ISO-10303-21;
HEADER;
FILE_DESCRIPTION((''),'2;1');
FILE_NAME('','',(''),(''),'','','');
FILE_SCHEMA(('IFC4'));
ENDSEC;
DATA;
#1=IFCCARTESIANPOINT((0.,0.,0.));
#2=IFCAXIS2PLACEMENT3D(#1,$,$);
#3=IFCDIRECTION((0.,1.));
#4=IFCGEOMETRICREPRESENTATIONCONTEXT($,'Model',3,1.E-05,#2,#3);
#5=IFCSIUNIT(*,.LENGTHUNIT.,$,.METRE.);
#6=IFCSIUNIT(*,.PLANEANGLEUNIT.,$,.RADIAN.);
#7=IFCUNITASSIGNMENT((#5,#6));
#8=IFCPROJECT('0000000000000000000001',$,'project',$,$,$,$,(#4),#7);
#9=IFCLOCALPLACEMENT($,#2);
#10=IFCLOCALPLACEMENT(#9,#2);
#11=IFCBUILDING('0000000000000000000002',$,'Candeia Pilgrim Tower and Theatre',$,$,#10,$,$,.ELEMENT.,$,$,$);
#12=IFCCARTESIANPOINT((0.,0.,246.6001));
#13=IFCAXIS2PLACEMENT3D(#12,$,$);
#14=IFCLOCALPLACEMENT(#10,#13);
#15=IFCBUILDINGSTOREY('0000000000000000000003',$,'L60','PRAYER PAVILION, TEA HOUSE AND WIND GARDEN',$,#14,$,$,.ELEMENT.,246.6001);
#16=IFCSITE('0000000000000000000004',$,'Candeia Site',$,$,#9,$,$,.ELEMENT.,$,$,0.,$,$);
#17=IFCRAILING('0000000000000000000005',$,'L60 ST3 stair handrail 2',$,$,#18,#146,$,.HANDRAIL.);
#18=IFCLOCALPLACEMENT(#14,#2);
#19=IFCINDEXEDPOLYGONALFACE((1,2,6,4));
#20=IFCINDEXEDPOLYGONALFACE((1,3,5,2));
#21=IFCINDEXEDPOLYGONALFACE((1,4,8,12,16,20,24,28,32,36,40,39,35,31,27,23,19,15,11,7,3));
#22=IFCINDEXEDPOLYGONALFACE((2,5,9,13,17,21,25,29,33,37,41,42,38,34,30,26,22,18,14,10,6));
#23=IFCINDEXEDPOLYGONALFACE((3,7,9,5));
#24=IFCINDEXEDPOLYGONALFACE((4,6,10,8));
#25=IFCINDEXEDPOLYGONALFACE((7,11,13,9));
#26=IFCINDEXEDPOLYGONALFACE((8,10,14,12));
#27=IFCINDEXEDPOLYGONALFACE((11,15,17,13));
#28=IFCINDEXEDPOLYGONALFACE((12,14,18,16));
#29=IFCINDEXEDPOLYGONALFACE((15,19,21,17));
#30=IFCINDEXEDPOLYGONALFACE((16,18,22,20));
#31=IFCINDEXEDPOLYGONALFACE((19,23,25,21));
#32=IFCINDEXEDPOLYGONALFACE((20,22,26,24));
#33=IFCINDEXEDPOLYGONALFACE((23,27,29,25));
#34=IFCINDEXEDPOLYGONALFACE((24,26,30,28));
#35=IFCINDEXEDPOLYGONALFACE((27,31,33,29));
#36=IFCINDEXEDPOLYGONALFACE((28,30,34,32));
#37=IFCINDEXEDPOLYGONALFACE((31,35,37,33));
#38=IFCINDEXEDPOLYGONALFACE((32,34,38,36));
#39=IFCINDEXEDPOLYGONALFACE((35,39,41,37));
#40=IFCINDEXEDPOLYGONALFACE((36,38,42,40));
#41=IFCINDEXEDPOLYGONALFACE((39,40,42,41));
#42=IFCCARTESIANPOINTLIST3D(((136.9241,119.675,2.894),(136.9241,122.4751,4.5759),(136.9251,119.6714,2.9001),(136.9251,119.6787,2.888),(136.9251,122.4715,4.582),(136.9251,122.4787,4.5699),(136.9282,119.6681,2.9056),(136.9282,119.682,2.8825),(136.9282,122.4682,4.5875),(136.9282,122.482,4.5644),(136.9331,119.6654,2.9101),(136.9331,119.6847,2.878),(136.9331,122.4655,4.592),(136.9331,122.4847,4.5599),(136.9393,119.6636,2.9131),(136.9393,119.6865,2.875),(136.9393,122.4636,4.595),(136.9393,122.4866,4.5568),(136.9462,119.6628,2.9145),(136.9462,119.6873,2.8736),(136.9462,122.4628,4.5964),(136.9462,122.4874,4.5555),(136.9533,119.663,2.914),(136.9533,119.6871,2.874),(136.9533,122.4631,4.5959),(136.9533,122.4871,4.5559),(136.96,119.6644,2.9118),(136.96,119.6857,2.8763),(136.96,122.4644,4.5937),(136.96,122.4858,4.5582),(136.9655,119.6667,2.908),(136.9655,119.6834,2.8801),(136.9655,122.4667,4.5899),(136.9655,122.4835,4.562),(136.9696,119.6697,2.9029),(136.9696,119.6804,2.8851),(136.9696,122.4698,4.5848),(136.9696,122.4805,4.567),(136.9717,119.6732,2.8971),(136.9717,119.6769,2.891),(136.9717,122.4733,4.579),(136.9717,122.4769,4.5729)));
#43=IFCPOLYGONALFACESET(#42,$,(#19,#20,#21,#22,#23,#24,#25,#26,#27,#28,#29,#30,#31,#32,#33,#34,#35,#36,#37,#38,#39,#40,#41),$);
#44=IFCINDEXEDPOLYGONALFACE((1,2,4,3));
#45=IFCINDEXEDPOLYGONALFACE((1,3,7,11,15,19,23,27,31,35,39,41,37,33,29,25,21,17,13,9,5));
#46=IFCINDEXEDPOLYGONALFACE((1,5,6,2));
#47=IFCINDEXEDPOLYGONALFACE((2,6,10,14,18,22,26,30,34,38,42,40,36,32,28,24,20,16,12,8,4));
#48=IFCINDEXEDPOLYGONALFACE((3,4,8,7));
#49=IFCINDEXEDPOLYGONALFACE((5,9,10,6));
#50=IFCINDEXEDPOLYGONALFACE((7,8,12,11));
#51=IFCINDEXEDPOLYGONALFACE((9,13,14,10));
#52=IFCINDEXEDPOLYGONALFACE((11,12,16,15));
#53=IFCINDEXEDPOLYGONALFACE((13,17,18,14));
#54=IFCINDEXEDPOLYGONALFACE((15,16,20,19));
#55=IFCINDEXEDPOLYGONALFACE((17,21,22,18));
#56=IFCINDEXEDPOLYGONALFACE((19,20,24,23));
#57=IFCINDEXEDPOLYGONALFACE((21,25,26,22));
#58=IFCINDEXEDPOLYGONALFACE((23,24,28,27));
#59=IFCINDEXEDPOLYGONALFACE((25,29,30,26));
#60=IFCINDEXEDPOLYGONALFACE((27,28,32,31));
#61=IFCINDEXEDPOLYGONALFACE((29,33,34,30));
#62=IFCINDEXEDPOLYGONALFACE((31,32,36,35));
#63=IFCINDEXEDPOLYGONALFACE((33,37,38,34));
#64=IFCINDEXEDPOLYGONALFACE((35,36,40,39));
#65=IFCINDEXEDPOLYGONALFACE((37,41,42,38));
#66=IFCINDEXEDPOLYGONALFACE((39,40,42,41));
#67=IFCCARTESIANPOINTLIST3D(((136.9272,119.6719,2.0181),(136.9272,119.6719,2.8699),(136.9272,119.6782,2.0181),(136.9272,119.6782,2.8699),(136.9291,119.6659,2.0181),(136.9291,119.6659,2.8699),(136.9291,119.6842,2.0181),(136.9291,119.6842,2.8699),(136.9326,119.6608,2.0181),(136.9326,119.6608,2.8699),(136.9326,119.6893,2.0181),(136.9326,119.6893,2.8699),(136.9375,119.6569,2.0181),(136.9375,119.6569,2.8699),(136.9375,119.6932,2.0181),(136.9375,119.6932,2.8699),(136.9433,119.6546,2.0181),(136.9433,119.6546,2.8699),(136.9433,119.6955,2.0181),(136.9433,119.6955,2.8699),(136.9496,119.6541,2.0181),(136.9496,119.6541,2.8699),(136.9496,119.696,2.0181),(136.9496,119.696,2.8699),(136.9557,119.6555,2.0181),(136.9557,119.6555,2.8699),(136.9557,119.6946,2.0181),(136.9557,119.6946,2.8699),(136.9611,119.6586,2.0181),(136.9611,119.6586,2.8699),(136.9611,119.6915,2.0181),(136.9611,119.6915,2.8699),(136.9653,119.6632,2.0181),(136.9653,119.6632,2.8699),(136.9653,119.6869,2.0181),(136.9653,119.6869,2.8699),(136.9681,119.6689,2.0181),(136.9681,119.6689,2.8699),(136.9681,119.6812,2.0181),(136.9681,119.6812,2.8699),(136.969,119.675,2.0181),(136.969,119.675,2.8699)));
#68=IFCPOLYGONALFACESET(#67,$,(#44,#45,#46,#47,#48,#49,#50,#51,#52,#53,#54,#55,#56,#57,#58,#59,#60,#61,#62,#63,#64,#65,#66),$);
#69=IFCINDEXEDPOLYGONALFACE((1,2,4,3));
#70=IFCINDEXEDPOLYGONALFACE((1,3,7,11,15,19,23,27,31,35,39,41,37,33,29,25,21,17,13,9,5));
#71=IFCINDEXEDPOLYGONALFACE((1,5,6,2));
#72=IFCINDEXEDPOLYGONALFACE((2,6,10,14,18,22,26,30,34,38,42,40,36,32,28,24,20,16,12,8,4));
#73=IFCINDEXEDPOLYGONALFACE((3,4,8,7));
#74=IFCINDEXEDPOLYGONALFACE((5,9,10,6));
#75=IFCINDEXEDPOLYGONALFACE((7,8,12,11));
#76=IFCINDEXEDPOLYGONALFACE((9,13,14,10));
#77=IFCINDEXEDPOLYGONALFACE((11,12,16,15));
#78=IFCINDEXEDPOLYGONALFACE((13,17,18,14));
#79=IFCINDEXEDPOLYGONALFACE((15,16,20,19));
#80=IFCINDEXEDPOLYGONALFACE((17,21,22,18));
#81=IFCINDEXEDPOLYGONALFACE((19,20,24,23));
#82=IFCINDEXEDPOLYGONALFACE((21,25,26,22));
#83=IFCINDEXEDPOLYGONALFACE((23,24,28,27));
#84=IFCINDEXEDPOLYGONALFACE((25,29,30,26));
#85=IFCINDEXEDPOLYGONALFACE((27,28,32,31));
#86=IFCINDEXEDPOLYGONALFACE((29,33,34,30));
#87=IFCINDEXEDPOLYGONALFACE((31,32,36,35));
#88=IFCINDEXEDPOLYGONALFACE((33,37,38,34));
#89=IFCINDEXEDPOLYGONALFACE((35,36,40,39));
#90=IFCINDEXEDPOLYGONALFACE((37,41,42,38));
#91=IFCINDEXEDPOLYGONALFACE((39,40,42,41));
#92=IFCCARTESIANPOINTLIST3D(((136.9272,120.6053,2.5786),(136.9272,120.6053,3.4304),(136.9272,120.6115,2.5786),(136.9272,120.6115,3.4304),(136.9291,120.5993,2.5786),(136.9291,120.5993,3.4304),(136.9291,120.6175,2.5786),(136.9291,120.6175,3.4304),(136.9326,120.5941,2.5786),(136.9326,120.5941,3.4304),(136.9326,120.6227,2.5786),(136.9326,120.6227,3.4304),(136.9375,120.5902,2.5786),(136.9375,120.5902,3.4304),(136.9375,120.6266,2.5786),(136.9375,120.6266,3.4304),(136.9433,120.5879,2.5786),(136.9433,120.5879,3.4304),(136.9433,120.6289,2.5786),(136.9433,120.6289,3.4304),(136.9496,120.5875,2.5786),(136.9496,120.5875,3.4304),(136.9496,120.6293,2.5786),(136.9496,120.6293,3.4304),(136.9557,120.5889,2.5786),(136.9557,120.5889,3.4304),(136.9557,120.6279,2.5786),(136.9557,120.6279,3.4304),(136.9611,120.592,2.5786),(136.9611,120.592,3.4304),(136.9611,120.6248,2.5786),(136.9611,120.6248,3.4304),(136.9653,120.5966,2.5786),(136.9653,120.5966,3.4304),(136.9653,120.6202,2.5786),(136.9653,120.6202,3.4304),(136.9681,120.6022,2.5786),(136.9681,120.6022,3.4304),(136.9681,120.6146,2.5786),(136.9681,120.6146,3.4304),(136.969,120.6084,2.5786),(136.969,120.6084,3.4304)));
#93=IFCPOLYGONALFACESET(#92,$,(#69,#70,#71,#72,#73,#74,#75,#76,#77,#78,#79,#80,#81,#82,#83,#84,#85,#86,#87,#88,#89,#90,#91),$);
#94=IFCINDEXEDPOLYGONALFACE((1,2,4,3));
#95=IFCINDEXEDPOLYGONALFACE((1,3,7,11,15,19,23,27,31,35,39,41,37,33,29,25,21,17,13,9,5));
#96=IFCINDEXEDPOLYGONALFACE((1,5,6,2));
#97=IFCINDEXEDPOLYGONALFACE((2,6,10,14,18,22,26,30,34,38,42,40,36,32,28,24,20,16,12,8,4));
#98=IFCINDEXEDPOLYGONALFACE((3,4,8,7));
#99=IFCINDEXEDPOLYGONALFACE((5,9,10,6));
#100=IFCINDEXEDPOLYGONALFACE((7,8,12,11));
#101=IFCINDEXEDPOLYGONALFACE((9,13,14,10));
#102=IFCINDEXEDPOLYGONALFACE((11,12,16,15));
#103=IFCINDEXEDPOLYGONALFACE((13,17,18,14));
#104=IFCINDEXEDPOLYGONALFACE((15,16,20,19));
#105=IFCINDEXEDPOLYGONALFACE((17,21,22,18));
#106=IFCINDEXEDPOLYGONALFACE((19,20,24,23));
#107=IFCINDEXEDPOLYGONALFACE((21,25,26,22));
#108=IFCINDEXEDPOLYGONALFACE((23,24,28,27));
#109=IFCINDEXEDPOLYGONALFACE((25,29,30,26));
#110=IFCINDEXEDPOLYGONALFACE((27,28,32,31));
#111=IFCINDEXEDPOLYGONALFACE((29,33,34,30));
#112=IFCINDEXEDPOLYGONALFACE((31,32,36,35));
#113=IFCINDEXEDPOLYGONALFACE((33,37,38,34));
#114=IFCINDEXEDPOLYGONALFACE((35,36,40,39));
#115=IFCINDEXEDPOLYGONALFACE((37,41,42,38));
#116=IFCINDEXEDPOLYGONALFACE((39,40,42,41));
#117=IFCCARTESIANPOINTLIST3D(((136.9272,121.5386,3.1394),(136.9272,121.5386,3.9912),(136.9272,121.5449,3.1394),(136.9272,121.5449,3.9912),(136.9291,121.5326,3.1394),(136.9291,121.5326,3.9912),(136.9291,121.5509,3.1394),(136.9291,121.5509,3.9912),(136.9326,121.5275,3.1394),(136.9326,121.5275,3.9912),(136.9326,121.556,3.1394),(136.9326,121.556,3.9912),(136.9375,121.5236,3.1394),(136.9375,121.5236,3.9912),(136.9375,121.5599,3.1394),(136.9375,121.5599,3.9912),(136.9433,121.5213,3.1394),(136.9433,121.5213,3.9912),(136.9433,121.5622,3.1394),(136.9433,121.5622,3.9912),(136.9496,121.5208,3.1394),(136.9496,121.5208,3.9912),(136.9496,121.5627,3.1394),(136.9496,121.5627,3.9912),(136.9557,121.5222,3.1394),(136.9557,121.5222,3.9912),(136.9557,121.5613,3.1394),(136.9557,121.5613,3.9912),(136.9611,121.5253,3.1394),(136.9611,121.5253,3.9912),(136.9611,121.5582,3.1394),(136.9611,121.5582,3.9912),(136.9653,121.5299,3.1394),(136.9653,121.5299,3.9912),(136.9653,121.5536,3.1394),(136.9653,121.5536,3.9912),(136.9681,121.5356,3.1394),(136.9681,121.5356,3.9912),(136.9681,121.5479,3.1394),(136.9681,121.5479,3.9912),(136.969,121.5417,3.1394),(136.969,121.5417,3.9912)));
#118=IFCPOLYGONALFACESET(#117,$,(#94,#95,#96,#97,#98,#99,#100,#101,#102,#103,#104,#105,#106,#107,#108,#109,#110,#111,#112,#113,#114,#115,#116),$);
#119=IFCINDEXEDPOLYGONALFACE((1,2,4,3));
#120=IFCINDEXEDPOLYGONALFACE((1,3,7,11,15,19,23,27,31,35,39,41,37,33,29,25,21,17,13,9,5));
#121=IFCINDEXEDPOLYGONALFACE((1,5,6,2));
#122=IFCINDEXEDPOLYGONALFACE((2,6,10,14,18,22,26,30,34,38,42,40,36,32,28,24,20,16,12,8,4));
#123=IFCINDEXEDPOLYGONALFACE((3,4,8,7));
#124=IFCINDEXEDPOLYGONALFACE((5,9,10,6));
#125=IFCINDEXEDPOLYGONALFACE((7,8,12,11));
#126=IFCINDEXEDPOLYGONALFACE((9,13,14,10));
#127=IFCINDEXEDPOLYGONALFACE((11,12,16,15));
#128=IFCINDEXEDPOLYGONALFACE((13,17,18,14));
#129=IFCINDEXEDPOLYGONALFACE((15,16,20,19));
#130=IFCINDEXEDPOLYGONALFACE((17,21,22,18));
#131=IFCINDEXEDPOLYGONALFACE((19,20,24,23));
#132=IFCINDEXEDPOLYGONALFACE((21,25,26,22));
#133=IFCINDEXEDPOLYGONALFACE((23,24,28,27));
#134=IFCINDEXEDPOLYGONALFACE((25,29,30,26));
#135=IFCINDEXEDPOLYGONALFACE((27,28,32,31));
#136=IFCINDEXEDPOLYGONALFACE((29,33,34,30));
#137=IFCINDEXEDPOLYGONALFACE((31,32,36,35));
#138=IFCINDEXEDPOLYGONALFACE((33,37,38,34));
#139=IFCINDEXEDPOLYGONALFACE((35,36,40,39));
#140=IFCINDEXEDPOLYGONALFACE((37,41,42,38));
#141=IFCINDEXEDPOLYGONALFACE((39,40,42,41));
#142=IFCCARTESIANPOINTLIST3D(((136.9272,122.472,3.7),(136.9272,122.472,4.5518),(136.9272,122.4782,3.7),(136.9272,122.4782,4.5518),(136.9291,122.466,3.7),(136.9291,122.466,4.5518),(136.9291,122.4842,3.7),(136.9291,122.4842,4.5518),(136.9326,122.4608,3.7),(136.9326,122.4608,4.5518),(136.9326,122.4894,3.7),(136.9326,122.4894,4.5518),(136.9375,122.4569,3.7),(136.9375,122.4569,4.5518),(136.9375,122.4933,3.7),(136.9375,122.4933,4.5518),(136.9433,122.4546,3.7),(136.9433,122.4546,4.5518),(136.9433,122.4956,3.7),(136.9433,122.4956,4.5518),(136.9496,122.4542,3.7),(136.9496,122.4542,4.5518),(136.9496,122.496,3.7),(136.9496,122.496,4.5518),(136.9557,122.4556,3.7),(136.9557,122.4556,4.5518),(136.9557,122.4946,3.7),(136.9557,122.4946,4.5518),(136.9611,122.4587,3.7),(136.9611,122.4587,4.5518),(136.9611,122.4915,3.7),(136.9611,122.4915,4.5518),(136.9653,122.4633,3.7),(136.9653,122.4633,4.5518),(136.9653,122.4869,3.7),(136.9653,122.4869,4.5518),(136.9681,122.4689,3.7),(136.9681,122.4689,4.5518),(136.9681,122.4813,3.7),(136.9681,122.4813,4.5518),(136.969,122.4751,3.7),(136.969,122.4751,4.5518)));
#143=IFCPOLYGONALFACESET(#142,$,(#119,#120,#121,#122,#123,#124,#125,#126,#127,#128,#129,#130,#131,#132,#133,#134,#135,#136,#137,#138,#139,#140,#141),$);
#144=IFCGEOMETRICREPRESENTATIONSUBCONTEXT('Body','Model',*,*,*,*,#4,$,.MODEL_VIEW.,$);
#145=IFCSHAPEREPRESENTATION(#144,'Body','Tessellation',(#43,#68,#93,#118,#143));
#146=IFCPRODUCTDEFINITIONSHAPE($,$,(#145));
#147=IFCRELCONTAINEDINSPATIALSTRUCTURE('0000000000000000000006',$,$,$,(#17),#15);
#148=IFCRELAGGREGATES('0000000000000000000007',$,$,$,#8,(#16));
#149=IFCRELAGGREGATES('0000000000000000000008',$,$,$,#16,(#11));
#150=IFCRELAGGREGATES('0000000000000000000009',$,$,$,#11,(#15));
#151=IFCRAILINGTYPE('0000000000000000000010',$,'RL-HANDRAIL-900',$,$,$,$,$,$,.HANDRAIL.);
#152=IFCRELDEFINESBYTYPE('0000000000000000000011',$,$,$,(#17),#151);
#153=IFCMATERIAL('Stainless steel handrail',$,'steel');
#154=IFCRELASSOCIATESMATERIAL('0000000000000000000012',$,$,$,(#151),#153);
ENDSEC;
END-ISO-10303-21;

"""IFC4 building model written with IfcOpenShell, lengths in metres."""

from ifc_helpers import new_model, si_unit, direction, frame, origin, origin_2d, place, context, subcontext, project, spatial, circle, extrude, material, type_object, element, save


model = new_model("IFC4")

# Units and contexts
model_context = context("Model", 3, precision=1e-05, world=origin(), true_north=direction((0.0, 1.0)))
body_context = subcontext(model_context, "Body", "Model", "MODEL_VIEW")
ifc_project = project(units=[si_unit("LENGTHUNIT", "METRE"), si_unit("PLANEANGLEUNIT", "RADIAN")], contexts=[model_context])

# Site, building, storey
site_placement = place(None, origin())
site = spatial("IfcSite", under=ifc_project, at=site_placement, Name="Candeia Site", CompositionType="ELEMENT", RefElevation=0.0)
building_placement = place(site_placement, origin())
building = spatial("IfcBuilding", under=site, at=building_placement, Name="Candeia Pilgrim Tower and Theatre", CompositionType="ELEMENT")
storey_placement = place(building_placement, frame((0.0, 0.0, 246.6001)))
storey = spatial("IfcBuildingStorey", under=building, at=storey_placement, Name="L60", Description="PRAYER PAVILION, TEA HOUSE AND WIND GARDEN", CompositionType="ELEMENT", Elevation=246.6001)

# Railing
ifc_material_1 = material(Name="Stainless steel handrail", Category="steel")
railing_type_1 = type_object("IfcRailingType", Name="RL-HANDRAIL-900", PredefinedType="HANDRAIL", material=ifc_material_1)
railing_1_placement = place(storey_placement, frame((136.948, 119.675, 2.0181)))
element("IfcRailing", 1, at=railing_1_placement, inside=storey, type_object=railing_type_1, Name="L60 ST3 stair handrail 2", PredefinedType="HANDRAIL", context=body_context, shape_type="SweptSolid", body=[
    extrude(circle(Radius=0.0239, at=origin_2d()), frame((0.0, 0.0, 0.876), z_axis=(0.0, 0.857242, 0.514913), x_axis=(-1.0, 0.0, 0.0)), (0.0, 0.0, 1.0), 3.2664),
    extrude(circle(Radius=0.021, at=origin_2d()), origin(), (0.0, 0.0, 1.0), 0.8518),
    extrude(circle(Radius=0.021, at=origin_2d()), frame((0.0, 0.9333, 0.5605)), (0.0, 0.0, 1.0), 0.8518),
    extrude(circle(Radius=0.021, at=origin_2d()), frame((0.0, 1.8667, 1.1213)), (0.0, 0.0, 1.0), 0.8518),
    extrude(circle(Radius=0.021, at=origin_2d()), frame((0.0, 2.8, 1.6819)), (0.0, 0.0, 1.0), 0.8518),
])

save(model, "model.ifc")
